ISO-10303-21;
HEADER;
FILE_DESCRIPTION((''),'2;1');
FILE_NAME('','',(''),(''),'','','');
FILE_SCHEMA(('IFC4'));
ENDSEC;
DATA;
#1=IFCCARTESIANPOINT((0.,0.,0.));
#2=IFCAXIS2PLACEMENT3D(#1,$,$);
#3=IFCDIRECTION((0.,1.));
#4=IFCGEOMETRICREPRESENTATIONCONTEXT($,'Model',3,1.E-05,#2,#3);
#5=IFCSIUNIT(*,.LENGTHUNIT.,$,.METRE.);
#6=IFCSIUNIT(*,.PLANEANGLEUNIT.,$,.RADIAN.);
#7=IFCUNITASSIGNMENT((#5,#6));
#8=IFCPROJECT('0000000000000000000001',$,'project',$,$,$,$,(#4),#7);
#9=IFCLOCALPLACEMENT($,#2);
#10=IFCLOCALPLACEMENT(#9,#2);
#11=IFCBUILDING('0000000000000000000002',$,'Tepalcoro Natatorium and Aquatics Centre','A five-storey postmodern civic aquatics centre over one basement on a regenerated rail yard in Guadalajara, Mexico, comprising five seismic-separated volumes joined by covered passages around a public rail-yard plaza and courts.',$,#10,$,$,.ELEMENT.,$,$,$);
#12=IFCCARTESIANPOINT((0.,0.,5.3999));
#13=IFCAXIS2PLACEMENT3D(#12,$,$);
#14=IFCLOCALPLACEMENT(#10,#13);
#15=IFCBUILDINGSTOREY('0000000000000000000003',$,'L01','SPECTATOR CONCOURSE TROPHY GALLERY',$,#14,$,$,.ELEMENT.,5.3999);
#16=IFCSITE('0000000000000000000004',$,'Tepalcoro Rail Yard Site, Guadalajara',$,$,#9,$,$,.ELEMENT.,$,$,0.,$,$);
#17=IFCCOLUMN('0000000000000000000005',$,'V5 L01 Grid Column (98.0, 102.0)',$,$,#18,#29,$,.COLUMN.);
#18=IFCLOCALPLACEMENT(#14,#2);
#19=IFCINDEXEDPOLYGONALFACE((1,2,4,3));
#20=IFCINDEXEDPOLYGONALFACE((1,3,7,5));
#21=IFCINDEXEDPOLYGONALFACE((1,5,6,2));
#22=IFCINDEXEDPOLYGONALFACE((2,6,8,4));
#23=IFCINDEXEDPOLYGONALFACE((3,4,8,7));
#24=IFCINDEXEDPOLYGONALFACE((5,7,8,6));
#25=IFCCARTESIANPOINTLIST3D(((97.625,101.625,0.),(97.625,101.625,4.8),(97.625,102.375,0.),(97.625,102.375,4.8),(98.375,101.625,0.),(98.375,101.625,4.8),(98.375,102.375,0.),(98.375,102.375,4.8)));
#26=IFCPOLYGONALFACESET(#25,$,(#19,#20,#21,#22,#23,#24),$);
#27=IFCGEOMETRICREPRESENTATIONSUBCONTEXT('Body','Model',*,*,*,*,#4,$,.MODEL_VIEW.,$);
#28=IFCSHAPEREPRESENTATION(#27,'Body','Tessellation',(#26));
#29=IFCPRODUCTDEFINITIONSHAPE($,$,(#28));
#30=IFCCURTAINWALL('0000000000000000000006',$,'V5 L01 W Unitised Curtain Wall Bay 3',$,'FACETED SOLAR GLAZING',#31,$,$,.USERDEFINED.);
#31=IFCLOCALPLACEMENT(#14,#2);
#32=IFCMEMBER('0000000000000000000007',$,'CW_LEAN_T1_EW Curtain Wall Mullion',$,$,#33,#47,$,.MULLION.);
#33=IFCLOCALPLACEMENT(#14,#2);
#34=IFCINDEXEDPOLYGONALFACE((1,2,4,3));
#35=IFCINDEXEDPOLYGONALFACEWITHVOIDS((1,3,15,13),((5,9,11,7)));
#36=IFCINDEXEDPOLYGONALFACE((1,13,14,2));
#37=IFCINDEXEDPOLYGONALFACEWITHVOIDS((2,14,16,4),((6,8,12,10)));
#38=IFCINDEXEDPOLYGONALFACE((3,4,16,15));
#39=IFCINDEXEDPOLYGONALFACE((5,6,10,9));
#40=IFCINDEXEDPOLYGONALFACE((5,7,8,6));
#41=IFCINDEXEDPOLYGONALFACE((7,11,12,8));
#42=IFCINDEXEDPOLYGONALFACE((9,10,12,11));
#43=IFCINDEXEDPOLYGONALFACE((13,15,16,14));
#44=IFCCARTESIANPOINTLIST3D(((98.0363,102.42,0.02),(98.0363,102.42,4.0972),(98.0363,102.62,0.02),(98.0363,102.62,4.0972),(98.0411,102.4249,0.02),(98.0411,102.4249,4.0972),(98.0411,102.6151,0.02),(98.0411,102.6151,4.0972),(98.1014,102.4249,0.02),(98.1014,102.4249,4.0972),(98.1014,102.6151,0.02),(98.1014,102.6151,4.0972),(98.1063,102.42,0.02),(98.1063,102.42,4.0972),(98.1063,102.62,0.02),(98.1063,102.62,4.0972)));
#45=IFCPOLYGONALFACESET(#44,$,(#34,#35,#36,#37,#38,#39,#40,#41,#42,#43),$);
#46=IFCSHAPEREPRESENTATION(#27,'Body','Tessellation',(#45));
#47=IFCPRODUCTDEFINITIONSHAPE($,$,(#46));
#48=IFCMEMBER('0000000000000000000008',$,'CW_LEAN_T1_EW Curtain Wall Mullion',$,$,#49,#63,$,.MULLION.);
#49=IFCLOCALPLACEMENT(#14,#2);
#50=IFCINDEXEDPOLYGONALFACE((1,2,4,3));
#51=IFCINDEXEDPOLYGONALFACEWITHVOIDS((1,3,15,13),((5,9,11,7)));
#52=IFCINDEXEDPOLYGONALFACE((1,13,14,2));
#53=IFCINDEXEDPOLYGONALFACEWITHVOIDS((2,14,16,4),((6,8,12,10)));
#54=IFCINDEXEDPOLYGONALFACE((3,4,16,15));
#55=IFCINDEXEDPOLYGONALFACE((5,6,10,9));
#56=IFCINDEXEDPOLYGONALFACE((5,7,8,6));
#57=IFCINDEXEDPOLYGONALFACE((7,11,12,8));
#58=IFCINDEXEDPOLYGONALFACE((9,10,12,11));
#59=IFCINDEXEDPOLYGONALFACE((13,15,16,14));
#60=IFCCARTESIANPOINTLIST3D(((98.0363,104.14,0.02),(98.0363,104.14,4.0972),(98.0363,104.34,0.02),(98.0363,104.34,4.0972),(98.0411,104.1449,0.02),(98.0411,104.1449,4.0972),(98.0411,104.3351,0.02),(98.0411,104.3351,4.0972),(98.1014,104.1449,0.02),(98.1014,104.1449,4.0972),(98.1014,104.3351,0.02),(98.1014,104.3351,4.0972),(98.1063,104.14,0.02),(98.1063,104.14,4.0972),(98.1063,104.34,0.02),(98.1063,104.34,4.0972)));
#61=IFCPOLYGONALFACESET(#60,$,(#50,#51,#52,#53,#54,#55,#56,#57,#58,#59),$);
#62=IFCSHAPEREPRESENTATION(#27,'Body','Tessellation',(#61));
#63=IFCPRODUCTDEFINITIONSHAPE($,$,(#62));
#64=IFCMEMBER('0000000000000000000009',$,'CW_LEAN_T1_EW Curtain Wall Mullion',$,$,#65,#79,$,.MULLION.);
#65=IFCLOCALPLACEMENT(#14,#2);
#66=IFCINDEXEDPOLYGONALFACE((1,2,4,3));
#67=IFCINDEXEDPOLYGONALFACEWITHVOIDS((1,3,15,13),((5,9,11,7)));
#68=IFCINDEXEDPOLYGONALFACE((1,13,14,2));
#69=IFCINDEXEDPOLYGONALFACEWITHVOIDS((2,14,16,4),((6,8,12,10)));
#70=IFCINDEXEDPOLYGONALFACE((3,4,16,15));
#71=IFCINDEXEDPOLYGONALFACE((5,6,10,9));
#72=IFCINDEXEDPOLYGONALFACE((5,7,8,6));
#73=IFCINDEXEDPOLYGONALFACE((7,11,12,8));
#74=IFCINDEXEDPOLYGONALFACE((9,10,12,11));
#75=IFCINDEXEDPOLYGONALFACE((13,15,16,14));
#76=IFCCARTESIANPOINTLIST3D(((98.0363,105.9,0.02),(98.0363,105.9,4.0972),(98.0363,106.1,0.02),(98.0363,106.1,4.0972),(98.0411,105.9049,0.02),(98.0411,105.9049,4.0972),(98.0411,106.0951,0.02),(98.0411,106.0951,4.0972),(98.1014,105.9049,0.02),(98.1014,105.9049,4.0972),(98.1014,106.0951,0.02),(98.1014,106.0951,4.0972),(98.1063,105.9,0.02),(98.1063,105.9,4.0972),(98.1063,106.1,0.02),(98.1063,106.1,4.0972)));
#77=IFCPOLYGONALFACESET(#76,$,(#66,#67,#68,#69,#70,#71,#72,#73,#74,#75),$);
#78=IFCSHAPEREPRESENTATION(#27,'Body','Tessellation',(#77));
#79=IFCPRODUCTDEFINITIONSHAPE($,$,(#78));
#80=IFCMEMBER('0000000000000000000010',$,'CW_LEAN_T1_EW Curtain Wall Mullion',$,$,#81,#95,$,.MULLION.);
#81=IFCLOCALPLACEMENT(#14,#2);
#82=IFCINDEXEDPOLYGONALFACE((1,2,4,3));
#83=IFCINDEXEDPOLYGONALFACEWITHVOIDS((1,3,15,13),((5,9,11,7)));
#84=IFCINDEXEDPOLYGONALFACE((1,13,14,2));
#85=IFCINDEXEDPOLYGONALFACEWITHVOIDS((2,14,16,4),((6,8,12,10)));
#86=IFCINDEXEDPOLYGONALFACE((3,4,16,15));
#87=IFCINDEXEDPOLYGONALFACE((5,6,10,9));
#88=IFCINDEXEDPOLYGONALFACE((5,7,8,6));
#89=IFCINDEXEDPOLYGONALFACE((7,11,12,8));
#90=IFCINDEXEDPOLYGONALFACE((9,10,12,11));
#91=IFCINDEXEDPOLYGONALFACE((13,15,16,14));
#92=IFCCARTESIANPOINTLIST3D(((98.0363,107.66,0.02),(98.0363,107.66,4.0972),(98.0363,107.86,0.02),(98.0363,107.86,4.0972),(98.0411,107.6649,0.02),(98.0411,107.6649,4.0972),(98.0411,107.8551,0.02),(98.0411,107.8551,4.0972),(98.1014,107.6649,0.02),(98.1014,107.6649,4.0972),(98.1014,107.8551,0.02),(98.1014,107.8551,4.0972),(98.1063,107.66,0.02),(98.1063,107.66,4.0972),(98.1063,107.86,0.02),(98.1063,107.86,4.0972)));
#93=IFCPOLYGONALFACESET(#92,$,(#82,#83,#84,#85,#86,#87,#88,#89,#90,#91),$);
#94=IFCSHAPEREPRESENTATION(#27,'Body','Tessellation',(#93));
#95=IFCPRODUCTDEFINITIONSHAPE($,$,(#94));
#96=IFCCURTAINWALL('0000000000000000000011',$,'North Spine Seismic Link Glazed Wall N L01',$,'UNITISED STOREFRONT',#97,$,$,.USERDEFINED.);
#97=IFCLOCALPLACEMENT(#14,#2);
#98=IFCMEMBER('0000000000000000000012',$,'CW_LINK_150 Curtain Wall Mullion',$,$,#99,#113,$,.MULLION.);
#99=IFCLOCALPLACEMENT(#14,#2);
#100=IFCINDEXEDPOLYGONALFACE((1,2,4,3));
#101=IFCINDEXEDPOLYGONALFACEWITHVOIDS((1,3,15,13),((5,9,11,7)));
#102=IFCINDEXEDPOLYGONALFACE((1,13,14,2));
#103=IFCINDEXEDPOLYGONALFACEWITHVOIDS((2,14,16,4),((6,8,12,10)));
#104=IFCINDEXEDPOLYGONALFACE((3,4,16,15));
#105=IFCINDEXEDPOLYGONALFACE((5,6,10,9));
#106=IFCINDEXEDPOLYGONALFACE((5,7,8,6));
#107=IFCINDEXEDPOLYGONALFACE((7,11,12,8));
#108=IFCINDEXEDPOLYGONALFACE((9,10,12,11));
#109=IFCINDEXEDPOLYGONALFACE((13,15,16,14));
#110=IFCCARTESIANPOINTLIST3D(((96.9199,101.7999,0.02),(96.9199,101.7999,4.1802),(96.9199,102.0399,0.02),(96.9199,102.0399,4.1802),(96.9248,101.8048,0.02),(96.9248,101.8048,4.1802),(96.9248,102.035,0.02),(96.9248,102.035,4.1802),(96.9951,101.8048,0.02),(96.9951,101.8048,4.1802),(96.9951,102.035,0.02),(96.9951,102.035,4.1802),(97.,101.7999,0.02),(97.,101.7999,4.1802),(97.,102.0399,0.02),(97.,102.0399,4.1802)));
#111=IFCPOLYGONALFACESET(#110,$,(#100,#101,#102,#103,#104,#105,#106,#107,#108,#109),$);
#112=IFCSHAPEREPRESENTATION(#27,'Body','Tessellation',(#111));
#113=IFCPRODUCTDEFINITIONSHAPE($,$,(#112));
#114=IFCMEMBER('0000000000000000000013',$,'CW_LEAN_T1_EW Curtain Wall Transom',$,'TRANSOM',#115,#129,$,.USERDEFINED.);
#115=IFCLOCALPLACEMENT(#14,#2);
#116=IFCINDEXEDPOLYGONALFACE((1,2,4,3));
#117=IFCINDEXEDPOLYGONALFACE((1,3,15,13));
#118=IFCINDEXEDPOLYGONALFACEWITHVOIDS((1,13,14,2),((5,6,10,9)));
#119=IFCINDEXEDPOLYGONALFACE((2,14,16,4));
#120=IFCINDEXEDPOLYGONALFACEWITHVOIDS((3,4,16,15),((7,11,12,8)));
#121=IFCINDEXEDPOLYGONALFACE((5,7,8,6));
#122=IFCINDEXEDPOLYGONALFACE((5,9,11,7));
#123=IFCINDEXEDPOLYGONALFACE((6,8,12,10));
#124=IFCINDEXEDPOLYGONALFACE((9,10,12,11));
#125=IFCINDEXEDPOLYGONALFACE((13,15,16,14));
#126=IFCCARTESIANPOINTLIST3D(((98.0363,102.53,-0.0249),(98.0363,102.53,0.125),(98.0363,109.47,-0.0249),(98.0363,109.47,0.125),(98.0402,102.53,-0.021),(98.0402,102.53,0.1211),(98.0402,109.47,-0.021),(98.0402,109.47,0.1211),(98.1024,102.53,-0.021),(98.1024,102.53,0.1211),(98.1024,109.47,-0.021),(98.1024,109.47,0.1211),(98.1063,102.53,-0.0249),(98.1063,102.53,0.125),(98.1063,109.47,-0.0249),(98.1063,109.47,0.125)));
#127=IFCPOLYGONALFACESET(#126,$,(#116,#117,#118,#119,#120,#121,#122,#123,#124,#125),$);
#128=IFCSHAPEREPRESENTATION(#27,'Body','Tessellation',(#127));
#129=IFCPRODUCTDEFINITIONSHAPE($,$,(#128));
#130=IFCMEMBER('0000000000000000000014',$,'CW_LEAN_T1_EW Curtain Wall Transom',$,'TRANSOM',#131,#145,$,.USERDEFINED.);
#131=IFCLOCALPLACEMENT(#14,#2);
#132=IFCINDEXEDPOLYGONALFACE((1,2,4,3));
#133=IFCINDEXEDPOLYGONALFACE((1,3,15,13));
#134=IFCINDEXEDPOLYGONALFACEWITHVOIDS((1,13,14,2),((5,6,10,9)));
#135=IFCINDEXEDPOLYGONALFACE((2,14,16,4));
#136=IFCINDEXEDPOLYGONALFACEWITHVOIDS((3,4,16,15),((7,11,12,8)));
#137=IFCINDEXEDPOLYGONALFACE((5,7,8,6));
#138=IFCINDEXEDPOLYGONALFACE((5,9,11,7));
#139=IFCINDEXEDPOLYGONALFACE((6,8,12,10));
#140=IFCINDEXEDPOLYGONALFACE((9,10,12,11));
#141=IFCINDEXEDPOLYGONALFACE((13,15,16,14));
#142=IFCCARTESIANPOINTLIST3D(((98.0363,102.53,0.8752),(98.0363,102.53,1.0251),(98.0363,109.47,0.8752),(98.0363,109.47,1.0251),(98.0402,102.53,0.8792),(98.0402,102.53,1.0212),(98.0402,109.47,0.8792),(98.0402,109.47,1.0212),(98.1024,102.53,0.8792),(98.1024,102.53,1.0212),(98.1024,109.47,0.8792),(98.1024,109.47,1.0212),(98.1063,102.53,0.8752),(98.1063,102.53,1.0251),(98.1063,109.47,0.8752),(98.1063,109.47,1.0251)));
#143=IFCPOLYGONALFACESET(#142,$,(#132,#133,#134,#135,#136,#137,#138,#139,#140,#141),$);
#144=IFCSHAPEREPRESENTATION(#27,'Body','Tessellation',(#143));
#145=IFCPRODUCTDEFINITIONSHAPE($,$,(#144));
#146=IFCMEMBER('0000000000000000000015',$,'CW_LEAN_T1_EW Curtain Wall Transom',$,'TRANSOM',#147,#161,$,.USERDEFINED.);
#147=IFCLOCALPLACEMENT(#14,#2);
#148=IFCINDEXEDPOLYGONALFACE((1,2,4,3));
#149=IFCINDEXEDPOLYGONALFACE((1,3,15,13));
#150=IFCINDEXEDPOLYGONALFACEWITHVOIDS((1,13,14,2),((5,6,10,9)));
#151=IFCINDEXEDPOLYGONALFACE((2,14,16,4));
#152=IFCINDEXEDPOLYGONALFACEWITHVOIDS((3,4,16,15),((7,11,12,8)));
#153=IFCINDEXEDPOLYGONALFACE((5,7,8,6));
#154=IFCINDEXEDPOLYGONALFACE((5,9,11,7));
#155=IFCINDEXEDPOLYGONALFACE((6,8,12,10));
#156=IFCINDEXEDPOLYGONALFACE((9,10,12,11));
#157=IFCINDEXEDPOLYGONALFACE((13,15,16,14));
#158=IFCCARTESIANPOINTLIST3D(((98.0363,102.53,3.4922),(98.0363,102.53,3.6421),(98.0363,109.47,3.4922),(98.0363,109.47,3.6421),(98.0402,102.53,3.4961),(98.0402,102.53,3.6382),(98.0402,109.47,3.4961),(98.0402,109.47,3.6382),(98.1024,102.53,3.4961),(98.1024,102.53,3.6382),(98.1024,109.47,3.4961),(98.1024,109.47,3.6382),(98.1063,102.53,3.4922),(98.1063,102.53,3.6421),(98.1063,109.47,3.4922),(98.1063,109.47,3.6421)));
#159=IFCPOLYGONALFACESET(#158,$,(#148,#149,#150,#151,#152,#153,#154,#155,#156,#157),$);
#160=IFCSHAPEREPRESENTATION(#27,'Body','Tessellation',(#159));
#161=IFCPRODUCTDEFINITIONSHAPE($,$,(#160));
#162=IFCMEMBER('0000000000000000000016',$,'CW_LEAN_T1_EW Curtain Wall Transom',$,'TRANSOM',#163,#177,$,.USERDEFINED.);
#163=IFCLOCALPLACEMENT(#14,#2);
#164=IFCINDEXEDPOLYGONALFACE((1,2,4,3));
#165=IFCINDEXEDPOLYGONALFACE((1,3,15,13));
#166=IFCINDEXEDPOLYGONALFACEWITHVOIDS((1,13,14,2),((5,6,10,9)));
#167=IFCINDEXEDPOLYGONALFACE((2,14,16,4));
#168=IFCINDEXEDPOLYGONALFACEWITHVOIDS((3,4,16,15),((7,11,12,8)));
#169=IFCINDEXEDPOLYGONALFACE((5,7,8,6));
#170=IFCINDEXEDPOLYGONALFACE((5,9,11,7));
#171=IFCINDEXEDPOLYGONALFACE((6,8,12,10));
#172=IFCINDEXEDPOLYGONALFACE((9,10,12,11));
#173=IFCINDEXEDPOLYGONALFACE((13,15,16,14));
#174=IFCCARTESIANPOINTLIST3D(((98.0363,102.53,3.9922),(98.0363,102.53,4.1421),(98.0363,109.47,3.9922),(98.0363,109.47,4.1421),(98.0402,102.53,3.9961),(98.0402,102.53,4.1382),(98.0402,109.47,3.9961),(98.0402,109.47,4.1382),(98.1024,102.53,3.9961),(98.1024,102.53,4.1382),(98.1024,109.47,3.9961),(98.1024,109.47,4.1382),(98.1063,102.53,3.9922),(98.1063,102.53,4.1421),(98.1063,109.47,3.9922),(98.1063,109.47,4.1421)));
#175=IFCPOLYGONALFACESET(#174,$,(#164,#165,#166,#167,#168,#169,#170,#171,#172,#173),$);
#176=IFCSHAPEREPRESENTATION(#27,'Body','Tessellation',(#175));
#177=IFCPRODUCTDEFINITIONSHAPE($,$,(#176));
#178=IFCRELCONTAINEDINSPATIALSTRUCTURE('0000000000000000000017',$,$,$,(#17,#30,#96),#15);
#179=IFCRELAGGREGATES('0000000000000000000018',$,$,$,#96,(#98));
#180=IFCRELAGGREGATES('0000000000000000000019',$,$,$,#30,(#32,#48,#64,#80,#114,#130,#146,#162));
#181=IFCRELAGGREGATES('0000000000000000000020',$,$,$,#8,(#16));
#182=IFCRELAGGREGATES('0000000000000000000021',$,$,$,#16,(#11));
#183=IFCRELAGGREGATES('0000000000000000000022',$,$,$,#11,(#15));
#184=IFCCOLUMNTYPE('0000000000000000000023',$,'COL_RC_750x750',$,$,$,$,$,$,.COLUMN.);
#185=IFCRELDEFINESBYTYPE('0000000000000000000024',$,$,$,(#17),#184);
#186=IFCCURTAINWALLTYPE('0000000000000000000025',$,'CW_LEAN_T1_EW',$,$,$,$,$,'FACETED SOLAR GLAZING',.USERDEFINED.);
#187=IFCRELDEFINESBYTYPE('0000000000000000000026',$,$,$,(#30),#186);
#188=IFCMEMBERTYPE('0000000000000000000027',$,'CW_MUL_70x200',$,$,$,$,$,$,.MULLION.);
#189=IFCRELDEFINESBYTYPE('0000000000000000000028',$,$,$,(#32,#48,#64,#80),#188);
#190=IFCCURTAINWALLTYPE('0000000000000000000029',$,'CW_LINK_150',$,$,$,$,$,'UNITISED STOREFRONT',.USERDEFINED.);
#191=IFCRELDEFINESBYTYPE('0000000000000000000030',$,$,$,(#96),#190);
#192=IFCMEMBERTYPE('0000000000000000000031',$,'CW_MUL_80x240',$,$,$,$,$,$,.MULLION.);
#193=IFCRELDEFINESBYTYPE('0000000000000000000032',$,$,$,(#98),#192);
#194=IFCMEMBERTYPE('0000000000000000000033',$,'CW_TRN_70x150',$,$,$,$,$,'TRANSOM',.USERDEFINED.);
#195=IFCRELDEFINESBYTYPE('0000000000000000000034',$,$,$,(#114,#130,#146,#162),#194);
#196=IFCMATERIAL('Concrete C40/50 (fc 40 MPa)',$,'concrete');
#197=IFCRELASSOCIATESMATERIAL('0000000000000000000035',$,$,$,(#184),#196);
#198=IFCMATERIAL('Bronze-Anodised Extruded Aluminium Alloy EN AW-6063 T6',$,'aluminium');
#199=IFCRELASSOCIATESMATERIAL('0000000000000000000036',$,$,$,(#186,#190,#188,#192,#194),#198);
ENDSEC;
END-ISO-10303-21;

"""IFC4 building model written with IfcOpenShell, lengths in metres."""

from ifc_helpers import new_model, si_unit, direction, frame, origin, origin_2d, place, context, subcontext, project, spatial, rectangle, hollow_rectangle, extrude, material, material_profile, profile_set, type_object, element, aggregate, save


model = new_model("IFC4")

# Units and contexts
model_context = context("Model", 3, precision=1e-05, world=origin(), true_north=direction((0.0, 1.0)))
body_context = subcontext(model_context, "Body", "Model", "MODEL_VIEW")
ifc_project = project(units=[si_unit("LENGTHUNIT", "METRE"), si_unit("PLANEANGLEUNIT", "RADIAN")], contexts=[model_context])

# Site, building, storey
site_placement = place(None, origin())
site = spatial("IfcSite", under=ifc_project, at=site_placement, Name="Tepalcoro Rail Yard Site, Guadalajara", CompositionType="ELEMENT", RefElevation=0.0)
building_placement = place(site_placement, origin())
building = spatial("IfcBuilding", under=site, at=building_placement, Name="Tepalcoro Natatorium and Aquatics Centre", Description="A five-storey postmodern civic aquatics centre over one basement on a regenerated rail yard in Guadalajara, Mexico, comprising five seismic-separated volumes joined by covered passages around a public rail-yard plaza and courts.", CompositionType="ELEMENT")
storey_placement = place(building_placement, frame((0.0, 0.0, 5.3999)))
storey = spatial("IfcBuildingStorey", under=building, at=storey_placement, Name="L01", Description="SPECTATOR CONCOURSE TROPHY GALLERY", CompositionType="ELEMENT", Elevation=5.3999)

# Column
ifc_material_1 = material(Name="Concrete C40/50 (fc 40 MPa)", Category="concrete")
ifc_material_profile_1 = material_profile(ifc_material_1, rectangle(XDim=0.75, YDim=0.75, at=origin_2d()), Name="RC750x750")
ifc_profile_set_1 = profile_set([ifc_material_profile_1], Name="Concrete C40/50 (fc 40 MPa)")
column_type = type_object("IfcColumnType", Name="COL_RC_750x750", PredefinedType="COLUMN", material=ifc_profile_set_1)
column_placement = place(storey_placement, frame((98.0, 102.0, 0.0), z_axis=(0.0, 0.0, 1.0), x_axis=(1.0, 0.0, 0.0)))
element("IfcColumn", 1, at=column_placement, inside=storey, type_object=column_type, Name="V5 L01 Grid Column (98.0, 102.0)", PredefinedType="COLUMN", context=body_context, shape_type="SweptSolid", body=[
    extrude(rectangle(XDim=0.75, YDim=0.75, at=origin_2d()), origin(), (0.0, 0.0, 1.0), 4.8),
])

# Curtain wall, members
ifc_material_2 = material(Name="Bronze-Anodised Extruded Aluminium Alloy EN AW-6063 T6", Category="aluminium")
curtain_wall_type_1 = type_object("IfcCurtainWallType", Name="CW_LEAN_T1_EW", ElementType="FACETED SOLAR GLAZING", PredefinedType="USERDEFINED", material=ifc_material_2)
curtain_wall_1_placement = place(storey_placement, origin())
curtain_wall_1 = element("IfcCurtainWall", 2, at=curtain_wall_1_placement, inside=storey, type_object=curtain_wall_type_1, Name="V5 L01 W Unitised Curtain Wall Bay 3", ObjectType="FACETED SOLAR GLAZING", PredefinedType="USERDEFINED")
ifc_material_profile_2 = material_profile(ifc_material_2, hollow_rectangle(XDim=0.0701, YDim=0.2, WallThickness=0.0049, at=origin_2d()), Name="AL70X200X5")
ifc_profile_set_2 = profile_set([ifc_material_profile_2], Name="Bronze-Anodised Extruded Aluminium Alloy EN AW-6063 T6")
member_type_1 = type_object("IfcMemberType", Name="CW_MUL_70x200", PredefinedType="MULLION", material=ifc_profile_set_2)
member_1_placement = place(storey_placement, frame((98.0713, 102.52, 0.02), z_axis=(0.0, 0.0, 1.0), x_axis=(1.0, 0.0, 0.0)))
member_1 = element("IfcMember", 3, at=member_1_placement, type_object=member_type_1, Name="CW_LEAN_T1_EW Curtain Wall Mullion", PredefinedType="MULLION", context=body_context, shape_type="SweptSolid", body=[
    extrude(hollow_rectangle(XDim=0.0701, YDim=0.2, WallThickness=0.0049, at=origin_2d()), origin(), (0.0, 0.0, 1.0), 4.0771),
])
member_2_placement = place(storey_placement, frame((98.0713, 104.24, 0.02), z_axis=(0.0, 0.0, 1.0), x_axis=(1.0, 0.0, 0.0)))
member_2 = element("IfcMember", 4, at=member_2_placement, type_object=member_type_1, Name="CW_LEAN_T1_EW Curtain Wall Mullion", PredefinedType="MULLION", context=body_context, shape_type="SweptSolid", body=[
    extrude(hollow_rectangle(XDim=0.0701, YDim=0.2, WallThickness=0.0049, at=origin_2d()), origin(), (0.0, 0.0, 1.0), 4.0771),
])
member_3_placement = place(storey_placement, frame((98.0713, 106.0, 0.02), z_axis=(0.0, 0.0, 1.0), x_axis=(1.0, 0.0, 0.0)))
member_3 = element("IfcMember", 5, at=member_3_placement, type_object=member_type_1, Name="CW_LEAN_T1_EW Curtain Wall Mullion", PredefinedType="MULLION", context=body_context, shape_type="SweptSolid", body=[
    extrude(hollow_rectangle(XDim=0.0701, YDim=0.2, WallThickness=0.0049, at=origin_2d()), origin(), (0.0, 0.0, 1.0), 4.0771),
])
member_4_placement = place(storey_placement, frame((98.0713, 107.76, 0.02), z_axis=(0.0, 0.0, 1.0), x_axis=(1.0, 0.0, 0.0)))
member_4 = element("IfcMember", 6, at=member_4_placement, type_object=member_type_1, Name="CW_LEAN_T1_EW Curtain Wall Mullion", PredefinedType="MULLION", context=body_context, shape_type="SweptSolid", body=[
    extrude(hollow_rectangle(XDim=0.0701, YDim=0.2, WallThickness=0.0049, at=origin_2d()), origin(), (0.0, 0.0, 1.0), 4.0771),
])

# Curtain wall, member
curtain_wall_type_2 = type_object("IfcCurtainWallType", Name="CW_LINK_150", ElementType="UNITISED STOREFRONT", PredefinedType="USERDEFINED", material=ifc_material_2)
curtain_wall_2_placement = place(storey_placement, origin())
curtain_wall_2 = element("IfcCurtainWall", 7, at=curtain_wall_2_placement, inside=storey, type_object=curtain_wall_type_2, Name="North Spine Seismic Link Glazed Wall N L01", ObjectType="UNITISED STOREFRONT", PredefinedType="USERDEFINED")
ifc_material_profile_3 = material_profile(ifc_material_2, hollow_rectangle(XDim=0.0801, YDim=0.24, WallThickness=0.0049, at=origin_2d()), Name="AL80X240X5")
ifc_profile_set_3 = profile_set([ifc_material_profile_3], Name="Bronze-Anodised Extruded Aluminium Alloy EN AW-6063 T6")
member_type_2 = type_object("IfcMemberType", Name="CW_MUL_80x240", PredefinedType="MULLION", material=ifc_profile_set_3)
member_5_placement = place(storey_placement, frame((96.96, 101.9199, 0.02), z_axis=(0.0, 0.0, 1.0), x_axis=(1.0, 0.0, 0.0)))
member_5 = element("IfcMember", 8, at=member_5_placement, type_object=member_type_2, Name="CW_LINK_150 Curtain Wall Mullion", PredefinedType="MULLION", context=body_context, shape_type="SweptSolid", body=[
    extrude(hollow_rectangle(XDim=0.0801, YDim=0.24, WallThickness=0.0049, at=origin_2d()), origin(), (0.0, 0.0, 1.0), 4.1602),
])
aggregate(curtain_wall_2, [member_5])

# Members
ifc_material_profile_4 = material_profile(ifc_material_2, hollow_rectangle(XDim=0.0701, YDim=0.1499, WallThickness=0.0039, at=origin_2d()), Name="AL70X150X4")
ifc_profile_set_4 = profile_set([ifc_material_profile_4], Name="Bronze-Anodised Extruded Aluminium Alloy EN AW-6063 T6")
member_type_3 = type_object("IfcMemberType", Name="CW_TRN_70x150", ElementType="TRANSOM", PredefinedType="USERDEFINED", material=ifc_profile_set_4)
member_6_placement = place(storey_placement, frame((98.0713, 102.53, 0.05), z_axis=(0.0, 1.0, 0.0), x_axis=(-1.0, 0.0, 0.0)))
member_6 = element("IfcMember", 9, at=member_6_placement, type_object=member_type_3, Name="CW_LEAN_T1_EW Curtain Wall Transom", ObjectType="TRANSOM", PredefinedType="USERDEFINED", context=body_context, shape_type="SweptSolid", body=[
    extrude(hollow_rectangle(XDim=0.0701, YDim=0.1499, WallThickness=0.0039, at=origin_2d()), origin(), (0.0, 0.0, 1.0), 6.9399),
])
member_7_placement = place(storey_placement, frame((98.0713, 102.53, 0.9502), z_axis=(0.0, 1.0, 0.0), x_axis=(-1.0, 0.0, 0.0)))
member_7 = element("IfcMember", 10, at=member_7_placement, type_object=member_type_3, Name="CW_LEAN_T1_EW Curtain Wall Transom", ObjectType="TRANSOM", PredefinedType="USERDEFINED", context=body_context, shape_type="SweptSolid", body=[
    extrude(hollow_rectangle(XDim=0.0701, YDim=0.1499, WallThickness=0.0039, at=origin_2d()), origin(), (0.0, 0.0, 1.0), 6.9399),
])
member_8_placement = place(storey_placement, frame((98.0713, 102.53, 3.5671), z_axis=(0.0, 1.0, 0.0), x_axis=(-1.0, 0.0, 0.0)))
member_8 = element("IfcMember", 11, at=member_8_placement, type_object=member_type_3, Name="CW_LEAN_T1_EW Curtain Wall Transom", ObjectType="TRANSOM", PredefinedType="USERDEFINED", context=body_context, shape_type="SweptSolid", body=[
    extrude(hollow_rectangle(XDim=0.0701, YDim=0.1499, WallThickness=0.0039, at=origin_2d()), origin(), (0.0, 0.0, 1.0), 6.9399),
])
member_9_placement = place(storey_placement, frame((98.0713, 102.53, 4.0671), z_axis=(0.0, 1.0, 0.0), x_axis=(-1.0, 0.0, 0.0)))
member_9 = element("IfcMember", 12, at=member_9_placement, type_object=member_type_3, Name="CW_LEAN_T1_EW Curtain Wall Transom", ObjectType="TRANSOM", PredefinedType="USERDEFINED", context=body_context, shape_type="SweptSolid", body=[
    extrude(hollow_rectangle(XDim=0.0701, YDim=0.1499, WallThickness=0.0039, at=origin_2d()), origin(), (0.0, 0.0, 1.0), 6.9399),
])

aggregate(curtain_wall_1, [member_1, member_2, member_3, member_4, member_6, member_7, member_8, member_9])

save(model, "model.ifc")
